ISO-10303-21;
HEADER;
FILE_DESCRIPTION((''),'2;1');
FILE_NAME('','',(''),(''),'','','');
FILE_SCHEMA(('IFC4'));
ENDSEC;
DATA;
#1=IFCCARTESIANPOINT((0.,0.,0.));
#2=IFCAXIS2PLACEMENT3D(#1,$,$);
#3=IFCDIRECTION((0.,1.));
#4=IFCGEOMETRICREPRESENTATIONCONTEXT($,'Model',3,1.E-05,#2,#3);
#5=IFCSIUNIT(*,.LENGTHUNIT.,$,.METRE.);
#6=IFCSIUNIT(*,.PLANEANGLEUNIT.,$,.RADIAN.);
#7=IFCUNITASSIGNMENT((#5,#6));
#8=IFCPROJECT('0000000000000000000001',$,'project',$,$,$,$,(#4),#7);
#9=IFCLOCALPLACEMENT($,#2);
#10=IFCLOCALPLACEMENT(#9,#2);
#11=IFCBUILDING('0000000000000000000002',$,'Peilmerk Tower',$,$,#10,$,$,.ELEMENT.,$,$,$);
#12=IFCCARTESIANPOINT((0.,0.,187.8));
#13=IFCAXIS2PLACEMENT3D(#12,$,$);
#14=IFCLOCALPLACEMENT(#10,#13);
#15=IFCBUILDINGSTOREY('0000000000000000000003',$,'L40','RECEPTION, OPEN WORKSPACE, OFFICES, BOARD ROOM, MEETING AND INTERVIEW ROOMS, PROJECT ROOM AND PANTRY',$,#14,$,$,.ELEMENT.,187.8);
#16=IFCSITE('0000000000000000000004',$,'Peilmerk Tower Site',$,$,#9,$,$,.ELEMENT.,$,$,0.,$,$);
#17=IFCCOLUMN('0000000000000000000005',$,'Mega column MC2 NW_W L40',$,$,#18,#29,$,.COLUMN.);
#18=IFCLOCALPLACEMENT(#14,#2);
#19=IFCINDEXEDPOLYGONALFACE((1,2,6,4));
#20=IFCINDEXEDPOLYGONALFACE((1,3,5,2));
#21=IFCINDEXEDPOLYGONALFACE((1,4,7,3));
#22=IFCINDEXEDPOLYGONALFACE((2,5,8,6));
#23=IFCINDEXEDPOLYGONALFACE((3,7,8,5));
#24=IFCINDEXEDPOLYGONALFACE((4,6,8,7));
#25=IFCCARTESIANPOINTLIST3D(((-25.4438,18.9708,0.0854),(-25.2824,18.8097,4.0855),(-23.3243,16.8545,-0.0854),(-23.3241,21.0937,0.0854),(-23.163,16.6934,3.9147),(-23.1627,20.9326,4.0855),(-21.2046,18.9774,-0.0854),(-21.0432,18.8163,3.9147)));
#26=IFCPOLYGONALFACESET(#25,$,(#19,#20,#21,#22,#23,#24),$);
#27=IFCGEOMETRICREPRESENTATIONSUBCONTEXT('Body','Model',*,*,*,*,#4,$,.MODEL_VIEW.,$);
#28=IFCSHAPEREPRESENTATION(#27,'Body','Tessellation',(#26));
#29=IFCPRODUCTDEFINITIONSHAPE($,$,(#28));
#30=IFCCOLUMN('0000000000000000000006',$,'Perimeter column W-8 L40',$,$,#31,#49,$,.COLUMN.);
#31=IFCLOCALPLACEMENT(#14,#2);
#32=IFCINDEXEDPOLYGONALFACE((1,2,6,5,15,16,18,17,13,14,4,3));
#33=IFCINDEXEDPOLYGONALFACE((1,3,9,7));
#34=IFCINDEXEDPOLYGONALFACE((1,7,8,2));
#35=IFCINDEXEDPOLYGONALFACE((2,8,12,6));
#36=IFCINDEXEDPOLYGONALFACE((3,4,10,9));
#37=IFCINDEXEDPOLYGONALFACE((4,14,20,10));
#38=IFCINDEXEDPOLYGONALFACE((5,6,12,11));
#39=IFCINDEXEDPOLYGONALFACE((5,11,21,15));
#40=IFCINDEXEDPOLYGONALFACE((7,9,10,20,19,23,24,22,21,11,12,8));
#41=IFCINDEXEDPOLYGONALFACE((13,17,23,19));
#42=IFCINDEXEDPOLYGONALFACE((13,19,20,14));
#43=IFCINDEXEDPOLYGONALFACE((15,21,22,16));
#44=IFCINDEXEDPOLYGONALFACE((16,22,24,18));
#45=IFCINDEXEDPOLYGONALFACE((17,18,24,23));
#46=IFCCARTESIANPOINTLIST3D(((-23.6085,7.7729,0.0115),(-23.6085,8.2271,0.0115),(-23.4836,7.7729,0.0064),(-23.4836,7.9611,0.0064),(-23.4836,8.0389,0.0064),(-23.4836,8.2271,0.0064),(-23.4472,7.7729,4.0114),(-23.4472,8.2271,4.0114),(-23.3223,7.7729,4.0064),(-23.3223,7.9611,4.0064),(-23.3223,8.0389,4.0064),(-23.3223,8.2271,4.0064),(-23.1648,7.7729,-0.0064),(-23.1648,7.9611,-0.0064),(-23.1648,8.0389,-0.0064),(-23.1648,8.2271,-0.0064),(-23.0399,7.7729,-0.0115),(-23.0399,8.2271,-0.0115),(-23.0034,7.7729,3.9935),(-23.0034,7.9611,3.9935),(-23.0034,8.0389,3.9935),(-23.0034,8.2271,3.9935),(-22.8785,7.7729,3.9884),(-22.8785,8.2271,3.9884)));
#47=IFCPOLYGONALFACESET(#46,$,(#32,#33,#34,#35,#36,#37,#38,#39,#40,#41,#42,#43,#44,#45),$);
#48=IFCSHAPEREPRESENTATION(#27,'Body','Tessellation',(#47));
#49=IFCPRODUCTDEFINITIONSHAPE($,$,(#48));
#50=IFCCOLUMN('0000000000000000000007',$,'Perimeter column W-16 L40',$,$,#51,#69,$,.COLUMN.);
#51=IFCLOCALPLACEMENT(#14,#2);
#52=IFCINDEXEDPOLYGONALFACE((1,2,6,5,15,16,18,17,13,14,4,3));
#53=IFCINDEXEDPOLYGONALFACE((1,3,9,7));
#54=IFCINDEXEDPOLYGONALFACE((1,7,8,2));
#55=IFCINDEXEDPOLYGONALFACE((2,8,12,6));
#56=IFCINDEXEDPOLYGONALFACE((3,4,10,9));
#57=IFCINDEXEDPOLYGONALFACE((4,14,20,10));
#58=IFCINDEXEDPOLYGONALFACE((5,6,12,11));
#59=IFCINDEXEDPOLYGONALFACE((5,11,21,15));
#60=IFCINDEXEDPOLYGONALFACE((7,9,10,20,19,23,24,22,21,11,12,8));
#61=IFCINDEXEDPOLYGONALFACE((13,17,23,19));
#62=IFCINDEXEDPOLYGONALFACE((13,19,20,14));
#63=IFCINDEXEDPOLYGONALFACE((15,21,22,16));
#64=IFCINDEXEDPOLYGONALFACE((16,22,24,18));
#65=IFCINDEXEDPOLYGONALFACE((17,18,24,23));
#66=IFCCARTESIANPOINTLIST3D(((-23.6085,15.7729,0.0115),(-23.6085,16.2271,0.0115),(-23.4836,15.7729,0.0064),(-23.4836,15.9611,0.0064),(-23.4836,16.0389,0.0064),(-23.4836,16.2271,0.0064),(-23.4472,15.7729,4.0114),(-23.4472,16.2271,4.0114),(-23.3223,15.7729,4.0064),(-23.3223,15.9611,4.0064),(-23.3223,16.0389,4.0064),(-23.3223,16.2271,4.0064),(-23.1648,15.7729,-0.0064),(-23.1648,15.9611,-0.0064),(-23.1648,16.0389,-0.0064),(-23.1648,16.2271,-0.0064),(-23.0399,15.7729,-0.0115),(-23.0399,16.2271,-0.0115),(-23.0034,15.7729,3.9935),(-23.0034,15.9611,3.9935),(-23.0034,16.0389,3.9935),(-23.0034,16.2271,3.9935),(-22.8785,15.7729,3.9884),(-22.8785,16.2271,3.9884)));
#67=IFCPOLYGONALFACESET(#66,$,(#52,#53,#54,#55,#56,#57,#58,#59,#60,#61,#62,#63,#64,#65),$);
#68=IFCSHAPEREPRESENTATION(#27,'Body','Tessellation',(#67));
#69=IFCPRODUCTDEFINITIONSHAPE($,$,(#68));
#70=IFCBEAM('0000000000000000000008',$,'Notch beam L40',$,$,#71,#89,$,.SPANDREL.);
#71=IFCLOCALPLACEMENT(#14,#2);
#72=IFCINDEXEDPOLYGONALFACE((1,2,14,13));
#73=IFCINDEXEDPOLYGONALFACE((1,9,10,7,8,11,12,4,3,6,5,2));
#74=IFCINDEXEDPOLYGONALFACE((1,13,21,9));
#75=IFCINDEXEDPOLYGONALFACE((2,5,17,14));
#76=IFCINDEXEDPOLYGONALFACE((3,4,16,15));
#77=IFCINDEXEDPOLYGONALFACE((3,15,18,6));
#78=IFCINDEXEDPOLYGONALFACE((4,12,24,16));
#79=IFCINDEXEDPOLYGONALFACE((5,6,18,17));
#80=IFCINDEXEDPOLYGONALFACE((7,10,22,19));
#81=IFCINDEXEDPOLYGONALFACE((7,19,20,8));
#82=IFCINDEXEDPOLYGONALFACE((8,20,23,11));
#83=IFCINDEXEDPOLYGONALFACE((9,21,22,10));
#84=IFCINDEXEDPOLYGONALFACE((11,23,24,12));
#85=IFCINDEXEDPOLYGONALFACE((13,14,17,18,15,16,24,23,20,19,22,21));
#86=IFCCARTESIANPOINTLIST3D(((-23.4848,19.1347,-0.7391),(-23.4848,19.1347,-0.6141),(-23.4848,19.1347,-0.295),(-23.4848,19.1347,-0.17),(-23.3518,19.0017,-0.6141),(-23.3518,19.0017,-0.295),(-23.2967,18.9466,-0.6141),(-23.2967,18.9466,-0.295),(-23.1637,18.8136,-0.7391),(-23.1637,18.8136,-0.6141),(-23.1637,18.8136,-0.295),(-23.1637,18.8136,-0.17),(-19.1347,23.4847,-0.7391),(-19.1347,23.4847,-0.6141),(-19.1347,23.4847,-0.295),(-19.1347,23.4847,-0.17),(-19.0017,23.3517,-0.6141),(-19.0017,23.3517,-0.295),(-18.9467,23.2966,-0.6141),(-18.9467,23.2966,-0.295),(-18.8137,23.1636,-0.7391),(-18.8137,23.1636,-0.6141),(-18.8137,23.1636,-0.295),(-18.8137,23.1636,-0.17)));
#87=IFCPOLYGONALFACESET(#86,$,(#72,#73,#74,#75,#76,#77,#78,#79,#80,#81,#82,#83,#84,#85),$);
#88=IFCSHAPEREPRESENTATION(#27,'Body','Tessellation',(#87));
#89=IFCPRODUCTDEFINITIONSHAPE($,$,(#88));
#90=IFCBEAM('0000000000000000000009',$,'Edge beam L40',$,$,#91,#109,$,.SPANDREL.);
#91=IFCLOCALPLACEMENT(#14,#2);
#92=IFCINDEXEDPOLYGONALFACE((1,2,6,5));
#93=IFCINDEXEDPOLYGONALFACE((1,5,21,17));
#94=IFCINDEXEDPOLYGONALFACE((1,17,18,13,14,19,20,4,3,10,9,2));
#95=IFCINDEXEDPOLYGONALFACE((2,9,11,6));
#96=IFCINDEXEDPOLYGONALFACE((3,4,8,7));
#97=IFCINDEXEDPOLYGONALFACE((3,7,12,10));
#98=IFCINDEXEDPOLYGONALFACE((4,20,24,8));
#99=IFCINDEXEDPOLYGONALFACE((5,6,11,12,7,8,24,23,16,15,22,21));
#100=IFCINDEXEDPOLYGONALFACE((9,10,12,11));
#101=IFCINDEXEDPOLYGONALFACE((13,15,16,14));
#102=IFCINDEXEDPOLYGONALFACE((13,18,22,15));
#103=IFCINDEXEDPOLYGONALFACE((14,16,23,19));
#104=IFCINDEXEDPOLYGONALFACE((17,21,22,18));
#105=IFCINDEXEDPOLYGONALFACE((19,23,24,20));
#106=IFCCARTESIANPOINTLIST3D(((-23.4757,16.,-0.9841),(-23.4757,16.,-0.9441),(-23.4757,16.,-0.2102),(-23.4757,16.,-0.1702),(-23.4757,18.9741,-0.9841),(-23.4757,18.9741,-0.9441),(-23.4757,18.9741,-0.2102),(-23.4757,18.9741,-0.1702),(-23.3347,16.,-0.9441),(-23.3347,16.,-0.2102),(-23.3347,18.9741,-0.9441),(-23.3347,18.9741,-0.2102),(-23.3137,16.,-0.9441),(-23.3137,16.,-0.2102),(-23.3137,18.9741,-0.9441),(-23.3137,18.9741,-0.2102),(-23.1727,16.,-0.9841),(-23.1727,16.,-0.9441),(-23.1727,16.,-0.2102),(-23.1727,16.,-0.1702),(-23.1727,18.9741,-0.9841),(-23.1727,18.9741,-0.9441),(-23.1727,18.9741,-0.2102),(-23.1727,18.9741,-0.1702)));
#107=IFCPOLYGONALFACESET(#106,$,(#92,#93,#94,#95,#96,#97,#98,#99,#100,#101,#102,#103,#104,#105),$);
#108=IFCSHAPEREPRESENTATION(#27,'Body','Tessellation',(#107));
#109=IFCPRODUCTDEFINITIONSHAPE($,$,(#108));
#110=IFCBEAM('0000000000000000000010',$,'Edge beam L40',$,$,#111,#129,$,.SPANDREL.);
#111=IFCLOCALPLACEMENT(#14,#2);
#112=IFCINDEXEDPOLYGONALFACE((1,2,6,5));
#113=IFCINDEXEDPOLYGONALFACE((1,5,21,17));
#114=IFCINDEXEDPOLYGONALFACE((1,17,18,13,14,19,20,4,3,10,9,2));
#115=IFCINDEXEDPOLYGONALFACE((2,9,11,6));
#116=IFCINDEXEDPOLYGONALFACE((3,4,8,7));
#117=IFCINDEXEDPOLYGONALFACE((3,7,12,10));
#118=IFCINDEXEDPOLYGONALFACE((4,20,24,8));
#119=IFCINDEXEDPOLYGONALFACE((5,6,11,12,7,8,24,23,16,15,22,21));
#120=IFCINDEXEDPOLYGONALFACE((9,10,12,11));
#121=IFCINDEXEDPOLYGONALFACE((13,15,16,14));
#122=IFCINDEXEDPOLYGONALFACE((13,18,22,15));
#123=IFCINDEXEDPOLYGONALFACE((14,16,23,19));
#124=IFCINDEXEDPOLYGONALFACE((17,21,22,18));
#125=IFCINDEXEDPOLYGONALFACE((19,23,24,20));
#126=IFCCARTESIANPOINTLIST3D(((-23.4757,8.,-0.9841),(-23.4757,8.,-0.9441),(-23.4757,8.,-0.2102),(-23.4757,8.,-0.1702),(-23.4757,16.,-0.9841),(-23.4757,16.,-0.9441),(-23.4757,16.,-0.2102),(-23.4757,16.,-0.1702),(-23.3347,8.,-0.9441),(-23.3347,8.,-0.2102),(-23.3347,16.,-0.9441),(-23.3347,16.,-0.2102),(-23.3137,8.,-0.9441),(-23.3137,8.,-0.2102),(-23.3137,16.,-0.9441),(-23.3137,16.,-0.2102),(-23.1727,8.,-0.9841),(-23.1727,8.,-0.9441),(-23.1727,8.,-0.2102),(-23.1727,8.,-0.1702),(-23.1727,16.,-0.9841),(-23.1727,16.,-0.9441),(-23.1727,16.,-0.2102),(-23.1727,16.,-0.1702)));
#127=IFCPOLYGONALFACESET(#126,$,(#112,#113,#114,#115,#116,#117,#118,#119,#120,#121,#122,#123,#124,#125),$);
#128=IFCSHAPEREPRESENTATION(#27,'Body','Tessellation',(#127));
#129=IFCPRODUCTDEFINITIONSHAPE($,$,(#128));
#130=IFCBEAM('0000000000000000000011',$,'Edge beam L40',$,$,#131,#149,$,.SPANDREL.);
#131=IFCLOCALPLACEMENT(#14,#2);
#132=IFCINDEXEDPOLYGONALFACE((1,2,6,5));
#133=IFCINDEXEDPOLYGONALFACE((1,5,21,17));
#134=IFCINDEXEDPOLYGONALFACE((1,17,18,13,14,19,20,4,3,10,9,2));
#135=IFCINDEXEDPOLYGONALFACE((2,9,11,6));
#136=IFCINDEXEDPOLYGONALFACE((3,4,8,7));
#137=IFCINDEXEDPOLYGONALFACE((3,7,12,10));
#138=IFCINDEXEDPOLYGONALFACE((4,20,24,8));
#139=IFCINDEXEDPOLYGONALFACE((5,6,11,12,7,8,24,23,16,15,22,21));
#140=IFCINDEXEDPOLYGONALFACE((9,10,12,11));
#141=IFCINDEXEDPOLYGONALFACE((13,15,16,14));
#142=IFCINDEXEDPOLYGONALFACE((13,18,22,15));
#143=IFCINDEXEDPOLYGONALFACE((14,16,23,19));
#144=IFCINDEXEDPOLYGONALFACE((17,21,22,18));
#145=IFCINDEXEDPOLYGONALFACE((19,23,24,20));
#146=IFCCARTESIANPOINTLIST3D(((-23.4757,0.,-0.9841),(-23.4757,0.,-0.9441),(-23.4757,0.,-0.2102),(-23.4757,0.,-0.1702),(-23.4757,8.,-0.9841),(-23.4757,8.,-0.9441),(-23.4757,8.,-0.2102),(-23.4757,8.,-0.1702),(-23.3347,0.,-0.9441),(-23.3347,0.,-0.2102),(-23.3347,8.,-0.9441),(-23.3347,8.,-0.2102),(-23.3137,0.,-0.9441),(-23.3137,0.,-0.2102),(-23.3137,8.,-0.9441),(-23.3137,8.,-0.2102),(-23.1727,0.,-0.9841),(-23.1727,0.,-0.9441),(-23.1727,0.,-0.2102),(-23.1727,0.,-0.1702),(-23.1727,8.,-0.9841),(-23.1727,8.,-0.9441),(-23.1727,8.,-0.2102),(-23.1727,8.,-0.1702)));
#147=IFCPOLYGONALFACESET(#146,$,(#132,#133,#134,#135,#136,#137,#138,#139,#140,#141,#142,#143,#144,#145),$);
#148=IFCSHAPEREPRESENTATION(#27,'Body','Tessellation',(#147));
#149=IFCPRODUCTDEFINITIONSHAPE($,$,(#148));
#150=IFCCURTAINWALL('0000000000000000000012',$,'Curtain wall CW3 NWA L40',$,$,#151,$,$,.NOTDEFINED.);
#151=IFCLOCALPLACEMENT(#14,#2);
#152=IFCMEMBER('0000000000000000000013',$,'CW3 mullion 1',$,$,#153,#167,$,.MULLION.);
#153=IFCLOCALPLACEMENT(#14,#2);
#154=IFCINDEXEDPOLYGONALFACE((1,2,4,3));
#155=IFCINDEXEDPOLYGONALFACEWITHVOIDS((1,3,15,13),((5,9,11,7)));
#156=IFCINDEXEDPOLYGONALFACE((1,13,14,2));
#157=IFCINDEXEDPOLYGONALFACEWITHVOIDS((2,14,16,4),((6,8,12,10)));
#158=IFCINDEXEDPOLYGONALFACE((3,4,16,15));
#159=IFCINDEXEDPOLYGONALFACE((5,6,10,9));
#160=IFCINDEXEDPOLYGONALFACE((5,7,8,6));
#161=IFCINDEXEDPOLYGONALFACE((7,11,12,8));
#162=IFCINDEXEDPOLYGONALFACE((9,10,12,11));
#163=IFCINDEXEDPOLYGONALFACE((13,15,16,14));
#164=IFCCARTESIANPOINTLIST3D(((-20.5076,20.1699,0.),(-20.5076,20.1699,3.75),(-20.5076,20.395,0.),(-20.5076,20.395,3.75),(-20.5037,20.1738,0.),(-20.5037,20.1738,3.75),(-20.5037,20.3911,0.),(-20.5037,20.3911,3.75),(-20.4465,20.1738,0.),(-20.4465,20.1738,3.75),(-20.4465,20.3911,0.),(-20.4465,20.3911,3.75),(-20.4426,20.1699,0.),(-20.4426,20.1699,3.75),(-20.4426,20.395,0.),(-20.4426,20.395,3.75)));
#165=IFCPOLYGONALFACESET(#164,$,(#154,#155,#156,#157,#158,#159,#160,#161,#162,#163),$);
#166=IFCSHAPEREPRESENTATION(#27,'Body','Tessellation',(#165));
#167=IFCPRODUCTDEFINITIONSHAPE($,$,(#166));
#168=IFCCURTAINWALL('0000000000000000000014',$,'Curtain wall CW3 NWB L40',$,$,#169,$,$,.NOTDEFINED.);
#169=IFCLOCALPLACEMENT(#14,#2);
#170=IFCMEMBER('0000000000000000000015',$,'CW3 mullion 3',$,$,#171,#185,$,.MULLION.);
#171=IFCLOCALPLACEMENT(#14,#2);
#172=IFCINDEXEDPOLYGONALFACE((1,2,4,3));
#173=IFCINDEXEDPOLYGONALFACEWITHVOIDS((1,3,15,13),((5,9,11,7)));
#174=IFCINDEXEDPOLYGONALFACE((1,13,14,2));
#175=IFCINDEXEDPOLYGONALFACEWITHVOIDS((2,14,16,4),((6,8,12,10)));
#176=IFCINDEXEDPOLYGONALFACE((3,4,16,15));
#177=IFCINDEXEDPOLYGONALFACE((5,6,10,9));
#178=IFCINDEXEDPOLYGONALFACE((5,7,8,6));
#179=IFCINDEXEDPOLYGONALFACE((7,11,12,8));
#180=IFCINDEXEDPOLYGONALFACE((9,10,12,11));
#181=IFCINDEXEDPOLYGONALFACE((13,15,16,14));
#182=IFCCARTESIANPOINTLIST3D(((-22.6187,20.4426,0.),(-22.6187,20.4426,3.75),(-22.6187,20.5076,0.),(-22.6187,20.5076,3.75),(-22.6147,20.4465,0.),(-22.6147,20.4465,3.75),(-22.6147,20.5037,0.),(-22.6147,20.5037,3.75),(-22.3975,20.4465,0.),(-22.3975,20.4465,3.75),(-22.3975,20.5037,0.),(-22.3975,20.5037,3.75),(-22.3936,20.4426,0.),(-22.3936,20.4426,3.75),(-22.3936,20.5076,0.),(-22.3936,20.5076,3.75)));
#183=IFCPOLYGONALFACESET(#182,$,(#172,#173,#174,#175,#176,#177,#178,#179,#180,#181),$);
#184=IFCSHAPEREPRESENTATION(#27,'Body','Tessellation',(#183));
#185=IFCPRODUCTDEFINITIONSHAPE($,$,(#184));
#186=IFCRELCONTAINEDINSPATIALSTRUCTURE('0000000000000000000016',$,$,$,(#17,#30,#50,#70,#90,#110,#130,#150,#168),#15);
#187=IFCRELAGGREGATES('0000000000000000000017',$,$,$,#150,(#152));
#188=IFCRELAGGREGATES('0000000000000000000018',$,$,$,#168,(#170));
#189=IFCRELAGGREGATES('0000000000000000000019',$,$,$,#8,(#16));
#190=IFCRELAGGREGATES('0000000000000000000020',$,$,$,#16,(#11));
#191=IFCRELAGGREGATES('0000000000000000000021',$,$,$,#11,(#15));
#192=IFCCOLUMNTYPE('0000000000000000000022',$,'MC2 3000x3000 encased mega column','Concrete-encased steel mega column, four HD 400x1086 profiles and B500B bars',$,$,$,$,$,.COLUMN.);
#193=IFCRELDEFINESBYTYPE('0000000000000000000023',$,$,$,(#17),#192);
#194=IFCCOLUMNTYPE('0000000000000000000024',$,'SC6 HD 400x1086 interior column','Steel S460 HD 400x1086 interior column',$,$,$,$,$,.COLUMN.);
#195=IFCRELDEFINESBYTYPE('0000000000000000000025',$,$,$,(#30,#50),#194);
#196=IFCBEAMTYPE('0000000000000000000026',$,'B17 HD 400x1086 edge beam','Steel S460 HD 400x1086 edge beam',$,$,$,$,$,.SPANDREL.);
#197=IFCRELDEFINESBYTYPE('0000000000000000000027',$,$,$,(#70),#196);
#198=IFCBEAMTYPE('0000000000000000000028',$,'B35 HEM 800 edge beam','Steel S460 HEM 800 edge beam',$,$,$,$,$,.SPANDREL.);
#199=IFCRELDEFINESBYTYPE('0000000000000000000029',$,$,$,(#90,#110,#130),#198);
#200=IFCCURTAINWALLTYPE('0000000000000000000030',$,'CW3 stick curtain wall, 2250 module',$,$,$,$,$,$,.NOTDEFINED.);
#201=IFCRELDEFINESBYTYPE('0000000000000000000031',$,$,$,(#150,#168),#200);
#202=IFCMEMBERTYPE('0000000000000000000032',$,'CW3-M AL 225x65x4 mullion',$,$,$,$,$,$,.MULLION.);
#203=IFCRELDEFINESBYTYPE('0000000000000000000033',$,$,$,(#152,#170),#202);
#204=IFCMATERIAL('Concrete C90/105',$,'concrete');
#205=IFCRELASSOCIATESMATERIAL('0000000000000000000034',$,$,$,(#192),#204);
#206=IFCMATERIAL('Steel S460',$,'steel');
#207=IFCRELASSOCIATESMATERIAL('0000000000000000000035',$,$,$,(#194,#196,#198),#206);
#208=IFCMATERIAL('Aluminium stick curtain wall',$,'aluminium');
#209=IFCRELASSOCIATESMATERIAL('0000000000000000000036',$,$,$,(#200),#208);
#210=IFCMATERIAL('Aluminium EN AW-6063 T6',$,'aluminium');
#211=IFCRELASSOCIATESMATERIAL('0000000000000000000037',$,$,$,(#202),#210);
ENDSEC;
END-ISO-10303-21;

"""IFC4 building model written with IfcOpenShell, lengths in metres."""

from ifc_helpers import new_model, si_unit, direction, frame, origin, origin_2d, place, context, subcontext, project, spatial, rectangle, hollow_rectangle, i_section, extrude, material, material_profile, profile_set, type_object, element, aggregate, save


model = new_model("IFC4")

# Units and contexts
model_context = context("Model", 3, precision=1e-05, world=origin(), true_north=direction((0.0, 1.0)))
body_context = subcontext(model_context, "Body", "Model", "MODEL_VIEW")
ifc_project = project(units=[si_unit("LENGTHUNIT", "METRE"), si_unit("PLANEANGLEUNIT", "RADIAN")], contexts=[model_context])

# Site, building, storey
site_placement = place(None, origin())
site = spatial("IfcSite", under=ifc_project, at=site_placement, Name="Peilmerk Tower Site", CompositionType="ELEMENT", RefElevation=0.0)
building_placement = place(site_placement, origin())
building = spatial("IfcBuilding", under=site, at=building_placement, Name="Peilmerk Tower", CompositionType="ELEMENT")
storey_placement = place(building_placement, frame((0.0, 0.0, 187.8)))
storey = spatial("IfcBuildingStorey", under=building, at=storey_placement, Name="L40", Description="RECEPTION, OPEN WORKSPACE, OFFICES, BOARD ROOM, MEETING AND INTERVIEW ROOMS, PROJECT ROOM AND PANTRY", CompositionType="ELEMENT", Elevation=187.8)

# Columns
ifc_material_1 = material(Name="Concrete C90/105", Category="concrete")
ifc_material_profile_1 = material_profile(ifc_material_1, rectangle(XDim=3.0, YDim=3.0, at=origin_2d()), Name="RC 3000x3000")
ifc_profile_set_1 = profile_set([ifc_material_profile_1], Name="Concrete C90/105")
column_type_1 = type_object("IfcColumnType", Name="MC2 3000x3000 encased mega column", Description="Concrete-encased steel mega column, four HD 400x1086 profiles and B500B bars", PredefinedType="COLUMN", material=ifc_profile_set_1)
column_placement = place(storey_placement, frame((-23.3242, 18.9741, 0.0), z_axis=(0.040279, -0.040218, 0.998379), x_axis=(0.706571, 0.707642, 0.0)))
element("IfcColumn", 1, at=column_placement, inside=storey, type_object=column_type_1, Name="Mega column MC2 NW_W L40", PredefinedType="COLUMN", context=body_context, shape_type="SweptSolid", body=[
    extrude(rectangle(XDim=3.0, YDim=3.0, at=origin_2d()), origin(), (0.0, 0.0, 1.0), 4.0066),
])
ifc_material_2 = material(Name="Steel S460", Category="steel")
ifc_material_profile_2 = material_profile(ifc_material_2, i_section(OverallWidth=0.4541, OverallDepth=0.5691, WebThickness=0.0779, FlangeThickness=0.125, at=origin_2d()), Name="HD 400x1086")
ifc_profile_set_2 = profile_set([ifc_material_profile_2], Name="Steel S460")
column_type_2 = type_object("IfcColumnType", Name="SC6 HD 400x1086 interior column", Description="Steel S460 HD 400x1086 interior column", PredefinedType="COLUMN", material=ifc_profile_set_2)
for number, where, z_axis, x_axis, name in (
    (2, (-23.3242, 8.0, 0.0), (0.040311, 0.0, 0.999187), (0.0, 1.0, 0.0), "Perimeter column W-8 L40"),
    (3, (-23.3242, 16.0, 0.0), (0.040311, 0.0, 0.999187), (0.0, 1.0, 0.0), "Perimeter column W-16 L40"),
):
    element("IfcColumn", number, at=place(storey_placement, frame(where, z_axis=z_axis, x_axis=x_axis)), inside=storey, type_object=column_type_2, Name=name, PredefinedType="COLUMN", context=body_context, shape_type="SweptSolid", body=[
        extrude(i_section(OverallWidth=0.4541, OverallDepth=0.5691, WebThickness=0.0779, FlangeThickness=0.125, at=origin_2d()), origin(), (0.0, 0.0, 1.0), 4.0032),
    ])

# Beams
ifc_material_profile_3 = material_profile(ifc_material_2, i_section(OverallWidth=0.4541, OverallDepth=0.5691, WebThickness=0.0779, FlangeThickness=0.125, at=origin_2d()), Name="HD 400x1086")
ifc_profile_set_3 = profile_set([ifc_material_profile_3], Name="Steel S460")
beam_type_1 = type_object("IfcBeamType", Name="B17 HD 400x1086 edge beam", Description="Steel S460 HD 400x1086 edge beam", PredefinedType="SPANDREL", material=ifc_profile_set_3)
beam_1_placement = place(storey_placement, frame((-23.3242, 18.9741, -0.4546), z_axis=(0.707107, 0.707107, 0.0), x_axis=(-0.707107, 0.707107, 0.0)))
element("IfcBeam", 4, at=beam_1_placement, inside=storey, type_object=beam_type_1, Name="Notch beam L40", PredefinedType="SPANDREL", context=body_context, shape_type="SweptSolid", body=[
    extrude(i_section(OverallWidth=0.4541, OverallDepth=0.5691, WebThickness=0.0779, FlangeThickness=0.125, at=origin_2d()), origin(), (0.0, 0.0, 1.0), 6.1519),
])
ifc_material_profile_4 = material_profile(ifc_material_2, i_section(OverallWidth=0.303, OverallDepth=0.814, WebThickness=0.021, FlangeThickness=0.04, at=origin_2d()), Name="HEM 800")
ifc_profile_set_4 = profile_set([ifc_material_profile_4], Name="Steel S460")
beam_type_2 = type_object("IfcBeamType", Name="B35 HEM 800 edge beam", Description="Steel S460 HEM 800 edge beam", PredefinedType="SPANDREL", material=ifc_profile_set_4)
beam_2_placement = place(storey_placement, frame((-23.3242, 18.9741, -0.5771), z_axis=(0.0, -1.0, 0.0), x_axis=(1.0, 0.0, 0.0)))
element("IfcBeam", 5, at=beam_2_placement, inside=storey, type_object=beam_type_2, Name="Edge beam L40", PredefinedType="SPANDREL", context=body_context, shape_type="SweptSolid", body=[
    extrude(i_section(OverallWidth=0.303, OverallDepth=0.814, WebThickness=0.021, FlangeThickness=0.04, at=origin_2d()), origin(), (0.0, 0.0, 1.0), 2.9741),
])
for number, where, z_axis, x_axis, name in (
    (6, (-23.3242, 16.0, -0.5771), (0.0, -1.0, 0.0), (1.0, 0.0, 0.0), "Edge beam L40"),
    (7, (-23.3242, 8.0, -0.5771), (0.0, -1.0, 0.0), (1.0, 0.0, 0.0), "Edge beam L40"),
):
    element("IfcBeam", number, at=place(storey_placement, frame(where, z_axis=z_axis, x_axis=x_axis)), inside=storey, type_object=beam_type_2, Name=name, PredefinedType="SPANDREL", context=body_context, shape_type="SweptSolid", body=[
        extrude(i_section(OverallWidth=0.303, OverallDepth=0.814, WebThickness=0.021, FlangeThickness=0.04, at=origin_2d()), origin(), (0.0, 0.0, 1.0), 8.0),
    ])

# Curtain walls, members
ifc_material_3 = material(Name="Aluminium stick curtain wall", Category="aluminium")
curtain_wall_type = type_object("IfcCurtainWallType", Name="CW3 stick curtain wall, 2250 module", PredefinedType="NOTDEFINED", material=ifc_material_3)
curtain_wall_1_placement = place(storey_placement, origin())
curtain_wall_1 = element("IfcCurtainWall", 8, at=curtain_wall_1_placement, inside=storey, type_object=curtain_wall_type, Name="Curtain wall CW3 NWA L40", PredefinedType="NOTDEFINED")
ifc_material_4 = material(Name="Aluminium EN AW-6063 T6", Category="aluminium")
ifc_material_profile_5 = material_profile(ifc_material_4, hollow_rectangle(XDim=0.0649, YDim=0.2251, WallThickness=0.0039, at=origin_2d()), Name="AL 225x65x4")
ifc_profile_set_5 = profile_set([ifc_material_profile_5], Name="Aluminium EN AW-6063 T6")
member_type_1 = type_object("IfcMemberType", Name="CW3-M AL 225x65x4 mullion", PredefinedType="MULLION", material=ifc_profile_set_5)
member_1_placement = place(storey_placement, frame((-20.4751, 20.2825, 0.0), z_axis=(0.0, 0.0, 1.0), x_axis=(-1.0, 0.0, 0.0)))
member_1 = element("IfcMember", 9, at=member_1_placement, type_object=member_type_1, Name="CW3 mullion 1", PredefinedType="MULLION", context=body_context, shape_type="SweptSolid", body=[
    extrude(hollow_rectangle(XDim=0.0649, YDim=0.2251, WallThickness=0.0039, at=origin_2d()), origin(), (0.0, 0.0, 1.0), 3.75),
])
curtain_wall_2_placement = place(storey_placement, origin())
curtain_wall_2 = element("IfcCurtainWall", 10, at=curtain_wall_2_placement, inside=storey, type_object=curtain_wall_type, Name="Curtain wall CW3 NWB L40", PredefinedType="NOTDEFINED")
member_2_placement = place(storey_placement, frame((-22.5061, 20.4751, 0.0), z_axis=(0.0, 0.0, 1.0), x_axis=(0.0, -1.0, 0.0)))
member_2 = element("IfcMember", 11, at=member_2_placement, type_object=member_type_1, Name="CW3 mullion 3", PredefinedType="MULLION", context=body_context, shape_type="SweptSolid", body=[
    extrude(hollow_rectangle(XDim=0.0649, YDim=0.2251, WallThickness=0.0039, at=origin_2d()), origin(), (0.0, 0.0, 1.0), 3.75),
])

aggregate(curtain_wall_1, [member_1])

aggregate(curtain_wall_2, [member_2])

save(model, "model.ifc")
